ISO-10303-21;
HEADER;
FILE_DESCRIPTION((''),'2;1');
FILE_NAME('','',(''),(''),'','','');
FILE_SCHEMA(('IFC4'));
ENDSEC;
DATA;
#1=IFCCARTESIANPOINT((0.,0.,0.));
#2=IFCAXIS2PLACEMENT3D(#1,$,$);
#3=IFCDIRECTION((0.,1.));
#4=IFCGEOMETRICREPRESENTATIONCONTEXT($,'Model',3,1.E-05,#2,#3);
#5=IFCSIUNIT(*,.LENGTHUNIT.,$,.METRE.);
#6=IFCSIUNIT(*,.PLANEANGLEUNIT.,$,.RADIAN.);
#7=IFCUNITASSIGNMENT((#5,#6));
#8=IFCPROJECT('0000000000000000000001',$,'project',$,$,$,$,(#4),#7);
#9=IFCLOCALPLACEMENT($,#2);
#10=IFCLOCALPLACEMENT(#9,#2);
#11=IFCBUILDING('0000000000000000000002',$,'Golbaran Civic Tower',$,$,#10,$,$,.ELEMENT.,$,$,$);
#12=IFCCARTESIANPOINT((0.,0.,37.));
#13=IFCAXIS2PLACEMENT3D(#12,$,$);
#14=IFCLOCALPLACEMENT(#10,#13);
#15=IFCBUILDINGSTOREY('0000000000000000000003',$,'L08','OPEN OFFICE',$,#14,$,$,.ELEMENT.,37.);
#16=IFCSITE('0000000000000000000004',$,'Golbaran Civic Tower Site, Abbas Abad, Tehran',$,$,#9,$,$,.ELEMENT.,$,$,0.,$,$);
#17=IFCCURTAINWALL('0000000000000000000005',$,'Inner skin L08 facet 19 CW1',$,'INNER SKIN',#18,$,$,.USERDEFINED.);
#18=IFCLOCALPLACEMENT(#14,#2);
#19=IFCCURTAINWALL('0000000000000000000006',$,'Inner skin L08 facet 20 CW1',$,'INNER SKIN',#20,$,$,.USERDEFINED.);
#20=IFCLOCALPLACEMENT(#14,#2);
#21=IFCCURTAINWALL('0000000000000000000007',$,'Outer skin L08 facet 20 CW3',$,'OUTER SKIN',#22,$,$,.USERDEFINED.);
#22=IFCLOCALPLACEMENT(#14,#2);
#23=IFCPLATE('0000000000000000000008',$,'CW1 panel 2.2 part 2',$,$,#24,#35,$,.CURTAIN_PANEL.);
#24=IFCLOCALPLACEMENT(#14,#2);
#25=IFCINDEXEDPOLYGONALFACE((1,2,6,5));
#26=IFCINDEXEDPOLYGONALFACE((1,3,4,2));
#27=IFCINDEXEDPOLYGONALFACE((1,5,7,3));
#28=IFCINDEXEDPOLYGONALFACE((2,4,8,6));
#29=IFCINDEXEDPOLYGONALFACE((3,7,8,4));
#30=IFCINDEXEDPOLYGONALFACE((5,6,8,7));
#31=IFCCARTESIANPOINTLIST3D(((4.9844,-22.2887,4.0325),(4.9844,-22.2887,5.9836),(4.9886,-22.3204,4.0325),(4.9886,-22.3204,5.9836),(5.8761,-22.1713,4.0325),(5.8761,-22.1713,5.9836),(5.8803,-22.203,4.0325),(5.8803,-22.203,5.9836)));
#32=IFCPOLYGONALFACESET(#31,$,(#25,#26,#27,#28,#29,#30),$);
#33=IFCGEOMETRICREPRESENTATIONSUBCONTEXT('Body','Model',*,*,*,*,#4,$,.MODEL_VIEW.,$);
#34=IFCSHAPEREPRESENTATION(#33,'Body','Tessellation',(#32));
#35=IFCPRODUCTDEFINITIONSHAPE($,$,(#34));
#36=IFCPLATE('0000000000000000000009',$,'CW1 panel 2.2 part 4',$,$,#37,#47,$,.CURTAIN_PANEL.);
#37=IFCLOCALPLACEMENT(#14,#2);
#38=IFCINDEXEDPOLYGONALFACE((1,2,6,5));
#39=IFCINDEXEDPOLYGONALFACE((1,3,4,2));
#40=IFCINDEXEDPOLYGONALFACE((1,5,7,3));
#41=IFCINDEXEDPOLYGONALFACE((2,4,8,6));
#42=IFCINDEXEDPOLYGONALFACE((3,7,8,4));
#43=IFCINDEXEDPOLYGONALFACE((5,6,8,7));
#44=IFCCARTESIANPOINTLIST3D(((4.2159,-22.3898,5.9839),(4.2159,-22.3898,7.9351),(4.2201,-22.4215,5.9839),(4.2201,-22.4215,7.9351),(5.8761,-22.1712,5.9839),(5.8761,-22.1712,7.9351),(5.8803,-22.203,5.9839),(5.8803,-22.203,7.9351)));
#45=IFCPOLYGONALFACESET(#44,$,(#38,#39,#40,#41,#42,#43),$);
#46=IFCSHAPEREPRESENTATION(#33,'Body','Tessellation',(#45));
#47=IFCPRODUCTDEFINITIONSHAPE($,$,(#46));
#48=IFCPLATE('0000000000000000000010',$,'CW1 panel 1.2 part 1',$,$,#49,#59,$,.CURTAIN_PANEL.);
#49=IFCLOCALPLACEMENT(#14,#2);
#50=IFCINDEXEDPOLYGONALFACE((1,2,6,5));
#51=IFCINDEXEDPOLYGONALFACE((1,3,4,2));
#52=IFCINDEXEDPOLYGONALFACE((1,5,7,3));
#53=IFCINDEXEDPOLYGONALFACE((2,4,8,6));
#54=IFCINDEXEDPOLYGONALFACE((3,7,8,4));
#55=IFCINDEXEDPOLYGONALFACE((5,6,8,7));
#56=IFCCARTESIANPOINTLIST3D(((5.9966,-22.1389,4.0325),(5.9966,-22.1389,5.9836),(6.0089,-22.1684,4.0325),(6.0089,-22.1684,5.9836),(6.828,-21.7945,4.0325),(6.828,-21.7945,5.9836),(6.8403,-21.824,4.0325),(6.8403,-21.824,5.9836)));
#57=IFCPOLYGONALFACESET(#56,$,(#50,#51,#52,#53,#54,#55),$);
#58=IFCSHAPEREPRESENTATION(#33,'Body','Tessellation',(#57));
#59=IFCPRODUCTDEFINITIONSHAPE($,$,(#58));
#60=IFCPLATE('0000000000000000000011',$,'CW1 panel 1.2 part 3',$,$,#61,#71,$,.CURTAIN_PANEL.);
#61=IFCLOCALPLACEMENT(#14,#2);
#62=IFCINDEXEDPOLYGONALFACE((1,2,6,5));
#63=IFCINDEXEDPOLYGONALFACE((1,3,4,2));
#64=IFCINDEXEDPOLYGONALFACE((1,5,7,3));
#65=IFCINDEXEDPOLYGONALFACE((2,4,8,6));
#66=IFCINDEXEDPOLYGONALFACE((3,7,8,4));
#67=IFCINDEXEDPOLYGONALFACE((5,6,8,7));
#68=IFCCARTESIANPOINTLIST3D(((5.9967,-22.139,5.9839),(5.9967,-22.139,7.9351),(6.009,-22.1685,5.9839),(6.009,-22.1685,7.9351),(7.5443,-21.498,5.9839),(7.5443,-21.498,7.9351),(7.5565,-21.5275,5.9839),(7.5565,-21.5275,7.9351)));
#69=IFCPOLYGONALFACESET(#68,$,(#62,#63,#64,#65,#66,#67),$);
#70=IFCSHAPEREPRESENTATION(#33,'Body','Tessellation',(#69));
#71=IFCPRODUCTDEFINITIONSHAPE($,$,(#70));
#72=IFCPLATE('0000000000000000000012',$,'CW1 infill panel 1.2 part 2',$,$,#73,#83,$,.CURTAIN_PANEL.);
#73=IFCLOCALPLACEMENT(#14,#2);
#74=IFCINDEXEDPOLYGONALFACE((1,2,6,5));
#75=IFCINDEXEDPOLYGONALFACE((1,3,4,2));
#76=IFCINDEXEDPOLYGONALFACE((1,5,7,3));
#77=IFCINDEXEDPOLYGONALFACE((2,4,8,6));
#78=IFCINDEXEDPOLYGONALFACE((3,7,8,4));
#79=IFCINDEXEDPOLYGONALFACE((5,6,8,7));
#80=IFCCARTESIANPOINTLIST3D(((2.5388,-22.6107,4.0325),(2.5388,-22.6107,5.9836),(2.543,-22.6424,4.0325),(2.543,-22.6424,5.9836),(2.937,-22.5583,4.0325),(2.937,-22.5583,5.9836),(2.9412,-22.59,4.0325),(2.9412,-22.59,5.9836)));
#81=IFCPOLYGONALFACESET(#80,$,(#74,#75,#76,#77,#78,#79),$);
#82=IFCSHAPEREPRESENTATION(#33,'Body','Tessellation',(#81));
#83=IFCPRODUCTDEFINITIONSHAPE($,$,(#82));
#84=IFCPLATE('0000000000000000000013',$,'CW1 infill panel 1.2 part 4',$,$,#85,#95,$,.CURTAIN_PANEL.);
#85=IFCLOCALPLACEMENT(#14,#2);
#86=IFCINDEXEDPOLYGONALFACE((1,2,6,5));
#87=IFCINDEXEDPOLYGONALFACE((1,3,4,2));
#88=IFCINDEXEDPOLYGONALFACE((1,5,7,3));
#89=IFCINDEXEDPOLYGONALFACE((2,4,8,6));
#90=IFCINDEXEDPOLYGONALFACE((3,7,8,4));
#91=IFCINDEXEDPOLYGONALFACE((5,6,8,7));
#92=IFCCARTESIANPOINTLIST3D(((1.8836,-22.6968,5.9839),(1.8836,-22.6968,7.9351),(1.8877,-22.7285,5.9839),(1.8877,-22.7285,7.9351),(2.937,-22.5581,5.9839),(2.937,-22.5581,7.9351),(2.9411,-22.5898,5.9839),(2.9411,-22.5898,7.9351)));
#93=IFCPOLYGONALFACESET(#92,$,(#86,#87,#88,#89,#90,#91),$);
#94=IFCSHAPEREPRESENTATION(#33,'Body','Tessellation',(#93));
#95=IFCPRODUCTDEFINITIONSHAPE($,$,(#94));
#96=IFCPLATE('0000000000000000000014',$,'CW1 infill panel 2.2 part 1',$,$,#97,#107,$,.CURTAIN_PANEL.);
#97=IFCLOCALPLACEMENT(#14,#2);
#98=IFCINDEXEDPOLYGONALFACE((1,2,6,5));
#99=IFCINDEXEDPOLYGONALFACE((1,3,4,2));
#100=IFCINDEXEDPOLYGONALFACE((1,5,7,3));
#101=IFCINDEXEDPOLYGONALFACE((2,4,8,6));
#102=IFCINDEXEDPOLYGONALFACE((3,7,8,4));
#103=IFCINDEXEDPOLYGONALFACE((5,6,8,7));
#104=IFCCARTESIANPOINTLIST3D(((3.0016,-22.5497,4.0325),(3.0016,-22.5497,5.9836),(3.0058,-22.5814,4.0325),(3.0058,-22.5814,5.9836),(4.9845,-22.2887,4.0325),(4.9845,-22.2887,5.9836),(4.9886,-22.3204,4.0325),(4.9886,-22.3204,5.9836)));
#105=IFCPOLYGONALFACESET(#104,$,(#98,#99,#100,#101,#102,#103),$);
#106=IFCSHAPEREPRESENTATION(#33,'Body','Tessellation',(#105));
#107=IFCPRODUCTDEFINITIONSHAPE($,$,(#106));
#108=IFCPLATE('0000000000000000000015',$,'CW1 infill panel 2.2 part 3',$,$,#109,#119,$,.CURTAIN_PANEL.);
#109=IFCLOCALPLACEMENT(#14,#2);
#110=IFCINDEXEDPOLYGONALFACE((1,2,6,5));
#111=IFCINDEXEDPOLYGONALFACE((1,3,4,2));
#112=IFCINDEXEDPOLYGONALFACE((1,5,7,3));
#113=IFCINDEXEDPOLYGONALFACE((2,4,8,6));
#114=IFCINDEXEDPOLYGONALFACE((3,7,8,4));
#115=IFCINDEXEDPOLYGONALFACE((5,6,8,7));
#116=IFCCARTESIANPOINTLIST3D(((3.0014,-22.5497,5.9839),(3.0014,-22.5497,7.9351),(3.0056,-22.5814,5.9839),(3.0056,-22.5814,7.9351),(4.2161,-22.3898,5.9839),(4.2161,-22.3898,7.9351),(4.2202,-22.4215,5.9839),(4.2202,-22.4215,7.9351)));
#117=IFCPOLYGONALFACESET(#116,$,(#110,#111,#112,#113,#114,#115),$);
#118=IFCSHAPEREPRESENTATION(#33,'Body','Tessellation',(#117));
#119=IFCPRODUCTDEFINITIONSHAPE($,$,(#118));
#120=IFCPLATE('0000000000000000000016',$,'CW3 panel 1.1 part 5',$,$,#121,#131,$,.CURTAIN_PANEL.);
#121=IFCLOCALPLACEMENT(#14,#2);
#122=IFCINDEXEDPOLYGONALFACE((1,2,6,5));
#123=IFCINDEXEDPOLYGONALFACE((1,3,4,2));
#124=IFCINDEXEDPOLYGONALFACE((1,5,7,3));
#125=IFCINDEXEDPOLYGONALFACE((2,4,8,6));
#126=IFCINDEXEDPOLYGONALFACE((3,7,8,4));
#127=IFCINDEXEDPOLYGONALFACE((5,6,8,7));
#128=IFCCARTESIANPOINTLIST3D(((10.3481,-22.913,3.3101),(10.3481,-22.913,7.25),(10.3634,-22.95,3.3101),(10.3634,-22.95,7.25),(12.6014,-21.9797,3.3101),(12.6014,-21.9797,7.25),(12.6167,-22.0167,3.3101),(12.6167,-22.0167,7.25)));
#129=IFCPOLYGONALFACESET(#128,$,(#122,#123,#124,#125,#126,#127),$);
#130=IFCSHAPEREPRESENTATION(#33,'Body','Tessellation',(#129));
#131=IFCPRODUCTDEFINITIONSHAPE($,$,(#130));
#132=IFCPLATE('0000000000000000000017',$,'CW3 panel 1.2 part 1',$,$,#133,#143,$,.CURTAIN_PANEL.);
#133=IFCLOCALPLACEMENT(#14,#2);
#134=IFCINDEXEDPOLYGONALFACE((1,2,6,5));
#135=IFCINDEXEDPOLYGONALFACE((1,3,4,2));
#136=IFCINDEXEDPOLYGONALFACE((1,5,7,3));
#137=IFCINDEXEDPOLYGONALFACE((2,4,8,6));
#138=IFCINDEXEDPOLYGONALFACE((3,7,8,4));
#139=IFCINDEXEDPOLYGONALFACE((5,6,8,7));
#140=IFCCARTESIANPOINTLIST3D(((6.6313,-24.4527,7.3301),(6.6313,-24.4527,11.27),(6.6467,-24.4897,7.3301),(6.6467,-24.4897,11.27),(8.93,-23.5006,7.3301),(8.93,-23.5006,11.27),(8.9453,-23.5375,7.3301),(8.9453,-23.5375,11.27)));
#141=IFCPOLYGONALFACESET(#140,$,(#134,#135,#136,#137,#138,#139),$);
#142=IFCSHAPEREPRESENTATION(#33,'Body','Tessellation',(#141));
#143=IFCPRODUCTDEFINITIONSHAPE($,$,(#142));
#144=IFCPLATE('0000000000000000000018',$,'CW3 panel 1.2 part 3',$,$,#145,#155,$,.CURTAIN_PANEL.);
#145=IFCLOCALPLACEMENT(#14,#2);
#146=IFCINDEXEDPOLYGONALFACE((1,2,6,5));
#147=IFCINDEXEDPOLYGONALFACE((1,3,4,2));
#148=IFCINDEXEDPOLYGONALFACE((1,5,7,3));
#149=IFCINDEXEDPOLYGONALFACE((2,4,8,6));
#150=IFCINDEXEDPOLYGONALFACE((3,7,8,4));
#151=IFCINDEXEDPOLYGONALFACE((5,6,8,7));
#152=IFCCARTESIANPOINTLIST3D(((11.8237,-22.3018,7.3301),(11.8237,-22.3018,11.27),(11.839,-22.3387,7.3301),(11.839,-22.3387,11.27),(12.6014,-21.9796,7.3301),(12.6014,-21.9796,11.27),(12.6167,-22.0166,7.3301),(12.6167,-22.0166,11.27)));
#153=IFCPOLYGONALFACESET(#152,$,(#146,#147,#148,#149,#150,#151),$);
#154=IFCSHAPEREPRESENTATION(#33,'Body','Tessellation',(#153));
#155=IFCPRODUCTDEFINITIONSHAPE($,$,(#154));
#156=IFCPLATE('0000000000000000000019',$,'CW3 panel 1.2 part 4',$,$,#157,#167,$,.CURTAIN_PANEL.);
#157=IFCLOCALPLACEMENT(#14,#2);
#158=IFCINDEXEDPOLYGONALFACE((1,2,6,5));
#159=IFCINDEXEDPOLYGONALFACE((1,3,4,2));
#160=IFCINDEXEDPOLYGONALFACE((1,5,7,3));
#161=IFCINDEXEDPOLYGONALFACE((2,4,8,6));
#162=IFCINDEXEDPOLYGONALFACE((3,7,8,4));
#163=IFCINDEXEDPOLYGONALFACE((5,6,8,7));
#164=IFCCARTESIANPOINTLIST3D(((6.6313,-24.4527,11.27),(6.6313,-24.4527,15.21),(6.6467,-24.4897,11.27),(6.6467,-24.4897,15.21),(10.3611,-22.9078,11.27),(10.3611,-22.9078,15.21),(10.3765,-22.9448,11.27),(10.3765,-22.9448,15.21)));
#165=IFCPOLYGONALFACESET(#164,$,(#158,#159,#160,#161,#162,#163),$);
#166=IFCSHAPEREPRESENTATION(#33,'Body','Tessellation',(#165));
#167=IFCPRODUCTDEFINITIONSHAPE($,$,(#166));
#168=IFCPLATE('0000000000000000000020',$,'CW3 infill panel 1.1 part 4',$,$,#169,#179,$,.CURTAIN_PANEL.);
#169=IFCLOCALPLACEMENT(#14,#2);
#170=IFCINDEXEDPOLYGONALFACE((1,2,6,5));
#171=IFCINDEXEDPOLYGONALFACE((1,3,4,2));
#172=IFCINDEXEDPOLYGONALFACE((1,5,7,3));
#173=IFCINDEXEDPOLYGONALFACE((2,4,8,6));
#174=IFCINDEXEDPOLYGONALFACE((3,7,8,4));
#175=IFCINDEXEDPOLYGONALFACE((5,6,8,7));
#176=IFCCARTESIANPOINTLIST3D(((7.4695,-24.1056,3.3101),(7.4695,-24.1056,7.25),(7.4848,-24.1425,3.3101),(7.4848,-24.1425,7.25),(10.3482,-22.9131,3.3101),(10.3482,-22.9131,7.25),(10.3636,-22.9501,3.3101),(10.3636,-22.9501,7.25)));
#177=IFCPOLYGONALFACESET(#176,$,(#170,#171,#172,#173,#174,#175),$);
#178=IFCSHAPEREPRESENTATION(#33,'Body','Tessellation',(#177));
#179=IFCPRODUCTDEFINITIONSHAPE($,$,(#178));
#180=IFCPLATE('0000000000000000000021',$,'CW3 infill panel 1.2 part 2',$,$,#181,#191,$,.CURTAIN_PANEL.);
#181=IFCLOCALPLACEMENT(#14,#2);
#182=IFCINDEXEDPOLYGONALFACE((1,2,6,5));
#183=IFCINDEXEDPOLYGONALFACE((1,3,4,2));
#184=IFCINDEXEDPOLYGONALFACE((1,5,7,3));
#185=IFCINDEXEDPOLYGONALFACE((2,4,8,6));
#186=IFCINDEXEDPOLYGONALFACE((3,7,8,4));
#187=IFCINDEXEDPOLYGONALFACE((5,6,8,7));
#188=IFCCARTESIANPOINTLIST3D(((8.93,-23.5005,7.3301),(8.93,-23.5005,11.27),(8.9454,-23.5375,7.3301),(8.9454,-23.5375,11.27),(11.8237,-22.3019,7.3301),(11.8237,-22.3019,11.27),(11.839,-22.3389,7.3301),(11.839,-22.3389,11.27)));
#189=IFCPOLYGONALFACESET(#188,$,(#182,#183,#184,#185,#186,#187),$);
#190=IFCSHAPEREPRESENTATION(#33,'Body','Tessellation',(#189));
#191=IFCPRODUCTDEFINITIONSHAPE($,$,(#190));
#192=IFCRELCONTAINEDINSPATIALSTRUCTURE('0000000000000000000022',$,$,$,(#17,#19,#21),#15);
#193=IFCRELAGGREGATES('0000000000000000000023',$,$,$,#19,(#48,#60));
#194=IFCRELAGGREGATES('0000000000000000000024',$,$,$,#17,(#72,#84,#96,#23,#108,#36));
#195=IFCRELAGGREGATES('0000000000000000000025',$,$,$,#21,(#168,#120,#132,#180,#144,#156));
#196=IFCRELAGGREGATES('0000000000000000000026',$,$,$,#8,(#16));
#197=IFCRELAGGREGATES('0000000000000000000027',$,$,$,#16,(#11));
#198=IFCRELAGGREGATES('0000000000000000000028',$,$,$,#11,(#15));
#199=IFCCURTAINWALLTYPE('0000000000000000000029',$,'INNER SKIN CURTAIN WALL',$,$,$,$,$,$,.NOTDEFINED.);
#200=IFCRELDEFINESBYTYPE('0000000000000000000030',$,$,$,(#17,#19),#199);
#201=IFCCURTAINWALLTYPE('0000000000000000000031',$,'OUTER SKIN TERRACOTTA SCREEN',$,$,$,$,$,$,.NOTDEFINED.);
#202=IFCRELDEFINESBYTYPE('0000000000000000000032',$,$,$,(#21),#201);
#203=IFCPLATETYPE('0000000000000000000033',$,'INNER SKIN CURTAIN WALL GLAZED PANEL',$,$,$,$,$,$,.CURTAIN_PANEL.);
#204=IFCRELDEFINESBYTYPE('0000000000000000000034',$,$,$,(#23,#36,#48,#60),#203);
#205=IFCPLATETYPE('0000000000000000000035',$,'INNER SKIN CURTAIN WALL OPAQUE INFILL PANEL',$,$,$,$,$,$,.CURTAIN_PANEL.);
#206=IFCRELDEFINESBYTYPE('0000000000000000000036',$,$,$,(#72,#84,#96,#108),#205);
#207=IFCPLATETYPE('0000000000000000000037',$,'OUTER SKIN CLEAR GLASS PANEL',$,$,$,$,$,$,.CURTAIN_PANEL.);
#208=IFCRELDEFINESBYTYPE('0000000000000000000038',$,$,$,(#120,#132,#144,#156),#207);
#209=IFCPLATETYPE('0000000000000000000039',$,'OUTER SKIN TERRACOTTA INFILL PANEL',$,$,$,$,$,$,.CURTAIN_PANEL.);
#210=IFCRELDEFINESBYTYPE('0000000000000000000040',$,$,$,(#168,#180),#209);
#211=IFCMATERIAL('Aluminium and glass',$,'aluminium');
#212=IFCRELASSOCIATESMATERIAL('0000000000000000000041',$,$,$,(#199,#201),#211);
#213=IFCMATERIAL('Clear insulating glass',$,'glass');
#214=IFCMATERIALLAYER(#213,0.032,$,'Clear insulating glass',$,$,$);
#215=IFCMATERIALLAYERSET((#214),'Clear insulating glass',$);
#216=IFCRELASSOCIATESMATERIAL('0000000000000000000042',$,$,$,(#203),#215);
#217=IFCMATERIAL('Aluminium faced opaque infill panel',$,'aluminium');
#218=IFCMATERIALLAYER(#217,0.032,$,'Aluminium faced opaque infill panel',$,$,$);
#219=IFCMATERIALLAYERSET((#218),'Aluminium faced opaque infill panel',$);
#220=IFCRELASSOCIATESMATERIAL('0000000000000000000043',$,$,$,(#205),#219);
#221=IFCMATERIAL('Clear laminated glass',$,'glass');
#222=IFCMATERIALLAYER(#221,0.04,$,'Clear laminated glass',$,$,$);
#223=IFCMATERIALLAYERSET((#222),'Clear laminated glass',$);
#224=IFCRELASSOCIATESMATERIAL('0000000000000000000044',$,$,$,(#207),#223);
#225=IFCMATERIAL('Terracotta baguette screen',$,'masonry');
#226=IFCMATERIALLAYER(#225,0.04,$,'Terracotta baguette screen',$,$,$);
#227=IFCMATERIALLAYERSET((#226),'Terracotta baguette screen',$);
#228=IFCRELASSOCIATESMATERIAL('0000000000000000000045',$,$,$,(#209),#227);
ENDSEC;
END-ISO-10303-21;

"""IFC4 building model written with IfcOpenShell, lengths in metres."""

from ifc_helpers import new_model, si_unit, direction, frame, origin, origin_2d, place, context, subcontext, project, spatial, rectangle, extrude, material, layer, layer_set, type_object, element, aggregate, save


model = new_model("IFC4")

# Units and contexts
model_context = context("Model", 3, precision=1e-05, world=origin(), true_north=direction((0.0, 1.0)))
body_context = subcontext(model_context, "Body", "Model", "MODEL_VIEW")
ifc_project = project(units=[si_unit("LENGTHUNIT", "METRE"), si_unit("PLANEANGLEUNIT", "RADIAN")], contexts=[model_context])

# Site, building, storey
site_placement = place(None, origin())
site = spatial("IfcSite", under=ifc_project, at=site_placement, Name="Golbaran Civic Tower Site, Abbas Abad, Tehran", CompositionType="ELEMENT", RefElevation=0.0)
building_placement = place(site_placement, origin())
building = spatial("IfcBuilding", under=site, at=building_placement, Name="Golbaran Civic Tower", CompositionType="ELEMENT")
storey_placement = place(building_placement, frame((0.0, 0.0, 37.0)))
storey = spatial("IfcBuildingStorey", under=building, at=storey_placement, Name="L08", Description="OPEN OFFICE", CompositionType="ELEMENT", Elevation=37.0)

# Curtain walls
ifc_material_1 = material(Name="Aluminium and glass", Category="aluminium")
curtain_wall_type_1 = type_object("IfcCurtainWallType", Name="INNER SKIN CURTAIN WALL", PredefinedType="NOTDEFINED", material=ifc_material_1)
curtain_wall_1_placement = place(storey_placement, origin())
curtain_wall_1 = element("IfcCurtainWall", 1, at=curtain_wall_1_placement, inside=storey, type_object=curtain_wall_type_1, Name="Inner skin L08 facet 19 CW1", ObjectType="INNER SKIN", PredefinedType="USERDEFINED")
curtain_wall_2_placement = place(storey_placement, origin())
curtain_wall_2 = element("IfcCurtainWall", 2, at=curtain_wall_2_placement, inside=storey, type_object=curtain_wall_type_1, Name="Inner skin L08 facet 20 CW1", ObjectType="INNER SKIN", PredefinedType="USERDEFINED")
curtain_wall_type_2 = type_object("IfcCurtainWallType", Name="OUTER SKIN TERRACOTTA SCREEN", PredefinedType="NOTDEFINED", material=ifc_material_1)
curtain_wall_3_placement = place(storey_placement, origin())
curtain_wall_3 = element("IfcCurtainWall", 3, at=curtain_wall_3_placement, inside=storey, type_object=curtain_wall_type_2, Name="Outer skin L08 facet 20 CW3", ObjectType="OUTER SKIN", PredefinedType="USERDEFINED")

# Plates
ifc_material_2 = material(Name="Clear insulating glass", Category="glass")
ifc_layer_1 = layer(ifc_material_2, 0.032, Name="Clear insulating glass")
ifc_layer_set_1 = layer_set([ifc_layer_1], Name="Clear insulating glass")
plate_type_1 = type_object("IfcPlateType", Name="INNER SKIN CURTAIN WALL GLAZED PANEL", PredefinedType="CURTAIN_PANEL", material=ifc_layer_set_1)
plate_1_placement = place(storey_placement, frame((5.4324, -22.2458, 4.0325), z_axis=(0.0, 0.0, 1.0), x_axis=(0.991445, 0.130526, 0.0)))
plate_1 = element("IfcPlate", 4, at=plate_1_placement, type_object=plate_type_1, Name="CW1 panel 2.2 part 2", PredefinedType="CURTAIN_PANEL", context=body_context, shape_type="SweptSolid", body=[
    extrude(rectangle(XDim=0.8994, YDim=0.032, at=origin_2d()), origin(), (0.0, 0.0, 1.0), 1.9512),
])
plate_2_placement = place(storey_placement, frame((5.0481, -22.2964, 5.9839), z_axis=(0.0, 0.0, 1.0), x_axis=(0.991445, 0.130526, 0.0)))
plate_2 = element("IfcPlate", 5, at=plate_2_placement, type_object=plate_type_1, Name="CW1 panel 2.2 part 4", PredefinedType="CURTAIN_PANEL", context=body_context, shape_type="SweptSolid", body=[
    extrude(rectangle(XDim=1.6746, YDim=0.032, at=origin_2d()), origin(), (0.0, 0.0, 1.0), 1.9512),
])
plate_3_placement = place(storey_placement, frame((6.4185, -21.9814, 4.0325), z_axis=(0.0, 0.0, 1.0), x_axis=(0.92388, 0.382683, 0.0)))
plate_3 = element("IfcPlate", 6, at=plate_3_placement, type_object=plate_type_1, Name="CW1 panel 1.2 part 1", PredefinedType="CURTAIN_PANEL", context=body_context, shape_type="SweptSolid", body=[
    extrude(rectangle(XDim=0.8999, YDim=0.032, at=origin_2d()), origin(), (0.0, 0.0, 1.0), 1.9512),
])
plate_4_placement = place(storey_placement, frame((6.7766, -21.8333, 5.9839), z_axis=(0.0, 0.0, 1.0), x_axis=(0.92388, 0.382683, 0.0)))
plate_4 = element("IfcPlate", 7, at=plate_4_placement, type_object=plate_type_1, Name="CW1 panel 1.2 part 3", PredefinedType="CURTAIN_PANEL", context=body_context, shape_type="SweptSolid", body=[
    extrude(rectangle(XDim=1.675, YDim=0.032, at=origin_2d()), origin(), (0.0, 0.0, 1.0), 1.9512),
])
aggregate(curtain_wall_2, [plate_3, plate_4])
ifc_material_3 = material(Name="Aluminium faced opaque infill panel", Category="aluminium")
ifc_layer_2 = layer(ifc_material_3, 0.032, Name="Aluminium faced opaque infill panel")
ifc_layer_set_2 = layer_set([ifc_layer_2], Name="Aluminium faced opaque infill panel")
plate_type_2 = type_object("IfcPlateType", Name="INNER SKIN CURTAIN WALL OPAQUE INFILL PANEL", PredefinedType="CURTAIN_PANEL", material=ifc_layer_set_2)
plate_5_placement = place(storey_placement, frame((2.74, -22.6003, 4.0325), z_axis=(0.0, 0.0, 1.0), x_axis=(0.991445, 0.130526, 0.0)))
plate_5 = element("IfcPlate", 8, at=plate_5_placement, type_object=plate_type_2, Name="CW1 infill panel 1.2 part 2", PredefinedType="CURTAIN_PANEL", context=body_context, shape_type="SweptSolid", body=[
    extrude(rectangle(XDim=0.4016, YDim=0.032, at=origin_2d()), origin(), (0.0, 0.0, 1.0), 1.9512),
])
plate_6_placement = place(storey_placement, frame((2.4124, -22.6433, 5.9839), z_axis=(0.0, 0.0, 1.0), x_axis=(0.991445, 0.130526, 0.0)))
plate_6 = element("IfcPlate", 9, at=plate_6_placement, type_object=plate_type_2, Name="CW1 infill panel 1.2 part 4", PredefinedType="CURTAIN_PANEL", context=body_context, shape_type="SweptSolid", body=[
    extrude(rectangle(XDim=1.0625, YDim=0.032, at=origin_2d()), origin(), (0.0, 0.0, 1.0), 1.9512),
])
plate_7_placement = place(storey_placement, frame((3.9951, -22.4351, 4.0325), z_axis=(0.0, 0.0, 1.0), x_axis=(0.991445, 0.130526, 0.0)))
plate_7 = element("IfcPlate", 10, at=plate_7_placement, type_object=plate_type_2, Name="CW1 infill panel 2.2 part 1", PredefinedType="CURTAIN_PANEL", context=body_context, shape_type="SweptSolid", body=[
    extrude(rectangle(XDim=2.0, YDim=0.032, at=origin_2d()), origin(), (0.0, 0.0, 1.0), 1.9512),
])
plate_8_placement = place(storey_placement, frame((3.6108, -22.4856, 5.9839), z_axis=(0.0, 0.0, 1.0), x_axis=(0.991445, 0.130526, 0.0)))
plate_8 = element("IfcPlate", 11, at=plate_8_placement, type_object=plate_type_2, Name="CW1 infill panel 2.2 part 3", PredefinedType="CURTAIN_PANEL", context=body_context, shape_type="SweptSolid", body=[
    extrude(rectangle(XDim=1.2251, YDim=0.032, at=origin_2d()), origin(), (0.0, 0.0, 1.0), 1.9512),
])
aggregate(curtain_wall_1, [plate_5, plate_6, plate_7, plate_1, plate_8, plate_2])
ifc_material_4 = material(Name="Clear laminated glass", Category="glass")
ifc_layer_3 = layer(ifc_material_4, 0.04, Name="Clear laminated glass")
ifc_layer_set_3 = layer_set([ifc_layer_3], Name="Clear laminated glass")
plate_type_3 = type_object("IfcPlateType", Name="OUTER SKIN CLEAR GLASS PANEL", PredefinedType="CURTAIN_PANEL", material=ifc_layer_set_3)
plate_9_placement = place(storey_placement, frame((11.4824, -22.4648, 3.3101), z_axis=(0.0, 0.0, 1.0), x_axis=(0.92388, 0.382683, 0.0)))
plate_9 = element("IfcPlate", 12, at=plate_9_placement, type_object=plate_type_3, Name="CW3 panel 1.1 part 5", PredefinedType="CURTAIN_PANEL", context=body_context, shape_type="SweptSolid", body=[
    extrude(rectangle(XDim=2.439, YDim=0.04, at=origin_2d()), origin(), (0.0, 0.0, 1.0), 3.9399),
])
plate_10_placement = place(storey_placement, frame((7.7883, -23.9951, 7.3301), z_axis=(0.0, 0.0, 1.0), x_axis=(0.92388, 0.382683, 0.0)))
plate_10 = element("IfcPlate", 13, at=plate_10_placement, type_object=plate_type_3, Name="CW3 panel 1.2 part 1", PredefinedType="CURTAIN_PANEL", context=body_context, shape_type="SweptSolid", body=[
    extrude(rectangle(XDim=2.488, YDim=0.04, at=origin_2d()), origin(), (0.0, 0.0, 1.0), 3.9399),
])
plate_11_placement = place(storey_placement, frame((12.2202, -22.1592, 7.3301), z_axis=(0.0, 0.0, 1.0), x_axis=(0.92388, 0.382683, 0.0)))
plate_11 = element("IfcPlate", 14, at=plate_11_placement, type_object=plate_type_3, Name="CW3 panel 1.2 part 3", PredefinedType="CURTAIN_PANEL", context=body_context, shape_type="SweptSolid", body=[
    extrude(rectangle(XDim=0.8418, YDim=0.04, at=origin_2d()), origin(), (0.0, 0.0, 1.0), 3.9399),
])
plate_12_placement = place(storey_placement, frame((8.5039, -23.6987, 11.27), z_axis=(0.0, 0.0, 1.0), x_axis=(0.92388, 0.382683, 0.0)))
plate_12 = element("IfcPlate", 15, at=plate_12_placement, type_object=plate_type_3, Name="CW3 panel 1.2 part 4", PredefinedType="CURTAIN_PANEL", context=body_context, shape_type="SweptSolid", body=[
    extrude(rectangle(XDim=4.0371, YDim=0.04, at=origin_2d()), origin(), (0.0, 0.0, 1.0), 3.9399),
])
ifc_material_5 = material(Name="Terracotta baguette screen", Category="masonry")
ifc_layer_4 = layer(ifc_material_5, 0.04, Name="Terracotta baguette screen")
ifc_layer_set_4 = layer_set([ifc_layer_4], Name="Terracotta baguette screen")
plate_type_4 = type_object("IfcPlateType", Name="OUTER SKIN TERRACOTTA INFILL PANEL", PredefinedType="CURTAIN_PANEL", material=ifc_layer_set_4)
plate_13_placement = place(storey_placement, frame((8.9165, -23.5278, 3.3101), z_axis=(0.0, 0.0, 1.0), x_axis=(0.92388, 0.382683, 0.0)))
plate_13 = element("IfcPlate", 16, at=plate_13_placement, type_object=plate_type_4, Name="CW3 infill panel 1.1 part 4", PredefinedType="CURTAIN_PANEL", context=body_context, shape_type="SweptSolid", body=[
    extrude(rectangle(XDim=3.116, YDim=0.04, at=origin_2d()), origin(), (0.0, 0.0, 1.0), 3.9399),
])
plate_14_placement = place(storey_placement, frame((10.3845, -22.9197, 7.3301), z_axis=(0.0, 0.0, 1.0), x_axis=(0.92388, 0.382683, 0.0)))
plate_14 = element("IfcPlate", 17, at=plate_14_placement, type_object=plate_type_4, Name="CW3 infill panel 1.2 part 2", PredefinedType="CURTAIN_PANEL", context=body_context, shape_type="SweptSolid", body=[
    extrude(rectangle(XDim=3.1321, YDim=0.04, at=origin_2d()), origin(), (0.0, 0.0, 1.0), 3.9399),
])
aggregate(curtain_wall_3, [plate_13, plate_9, plate_10, plate_14, plate_11, plate_12])

save(model, "model.ifc")
